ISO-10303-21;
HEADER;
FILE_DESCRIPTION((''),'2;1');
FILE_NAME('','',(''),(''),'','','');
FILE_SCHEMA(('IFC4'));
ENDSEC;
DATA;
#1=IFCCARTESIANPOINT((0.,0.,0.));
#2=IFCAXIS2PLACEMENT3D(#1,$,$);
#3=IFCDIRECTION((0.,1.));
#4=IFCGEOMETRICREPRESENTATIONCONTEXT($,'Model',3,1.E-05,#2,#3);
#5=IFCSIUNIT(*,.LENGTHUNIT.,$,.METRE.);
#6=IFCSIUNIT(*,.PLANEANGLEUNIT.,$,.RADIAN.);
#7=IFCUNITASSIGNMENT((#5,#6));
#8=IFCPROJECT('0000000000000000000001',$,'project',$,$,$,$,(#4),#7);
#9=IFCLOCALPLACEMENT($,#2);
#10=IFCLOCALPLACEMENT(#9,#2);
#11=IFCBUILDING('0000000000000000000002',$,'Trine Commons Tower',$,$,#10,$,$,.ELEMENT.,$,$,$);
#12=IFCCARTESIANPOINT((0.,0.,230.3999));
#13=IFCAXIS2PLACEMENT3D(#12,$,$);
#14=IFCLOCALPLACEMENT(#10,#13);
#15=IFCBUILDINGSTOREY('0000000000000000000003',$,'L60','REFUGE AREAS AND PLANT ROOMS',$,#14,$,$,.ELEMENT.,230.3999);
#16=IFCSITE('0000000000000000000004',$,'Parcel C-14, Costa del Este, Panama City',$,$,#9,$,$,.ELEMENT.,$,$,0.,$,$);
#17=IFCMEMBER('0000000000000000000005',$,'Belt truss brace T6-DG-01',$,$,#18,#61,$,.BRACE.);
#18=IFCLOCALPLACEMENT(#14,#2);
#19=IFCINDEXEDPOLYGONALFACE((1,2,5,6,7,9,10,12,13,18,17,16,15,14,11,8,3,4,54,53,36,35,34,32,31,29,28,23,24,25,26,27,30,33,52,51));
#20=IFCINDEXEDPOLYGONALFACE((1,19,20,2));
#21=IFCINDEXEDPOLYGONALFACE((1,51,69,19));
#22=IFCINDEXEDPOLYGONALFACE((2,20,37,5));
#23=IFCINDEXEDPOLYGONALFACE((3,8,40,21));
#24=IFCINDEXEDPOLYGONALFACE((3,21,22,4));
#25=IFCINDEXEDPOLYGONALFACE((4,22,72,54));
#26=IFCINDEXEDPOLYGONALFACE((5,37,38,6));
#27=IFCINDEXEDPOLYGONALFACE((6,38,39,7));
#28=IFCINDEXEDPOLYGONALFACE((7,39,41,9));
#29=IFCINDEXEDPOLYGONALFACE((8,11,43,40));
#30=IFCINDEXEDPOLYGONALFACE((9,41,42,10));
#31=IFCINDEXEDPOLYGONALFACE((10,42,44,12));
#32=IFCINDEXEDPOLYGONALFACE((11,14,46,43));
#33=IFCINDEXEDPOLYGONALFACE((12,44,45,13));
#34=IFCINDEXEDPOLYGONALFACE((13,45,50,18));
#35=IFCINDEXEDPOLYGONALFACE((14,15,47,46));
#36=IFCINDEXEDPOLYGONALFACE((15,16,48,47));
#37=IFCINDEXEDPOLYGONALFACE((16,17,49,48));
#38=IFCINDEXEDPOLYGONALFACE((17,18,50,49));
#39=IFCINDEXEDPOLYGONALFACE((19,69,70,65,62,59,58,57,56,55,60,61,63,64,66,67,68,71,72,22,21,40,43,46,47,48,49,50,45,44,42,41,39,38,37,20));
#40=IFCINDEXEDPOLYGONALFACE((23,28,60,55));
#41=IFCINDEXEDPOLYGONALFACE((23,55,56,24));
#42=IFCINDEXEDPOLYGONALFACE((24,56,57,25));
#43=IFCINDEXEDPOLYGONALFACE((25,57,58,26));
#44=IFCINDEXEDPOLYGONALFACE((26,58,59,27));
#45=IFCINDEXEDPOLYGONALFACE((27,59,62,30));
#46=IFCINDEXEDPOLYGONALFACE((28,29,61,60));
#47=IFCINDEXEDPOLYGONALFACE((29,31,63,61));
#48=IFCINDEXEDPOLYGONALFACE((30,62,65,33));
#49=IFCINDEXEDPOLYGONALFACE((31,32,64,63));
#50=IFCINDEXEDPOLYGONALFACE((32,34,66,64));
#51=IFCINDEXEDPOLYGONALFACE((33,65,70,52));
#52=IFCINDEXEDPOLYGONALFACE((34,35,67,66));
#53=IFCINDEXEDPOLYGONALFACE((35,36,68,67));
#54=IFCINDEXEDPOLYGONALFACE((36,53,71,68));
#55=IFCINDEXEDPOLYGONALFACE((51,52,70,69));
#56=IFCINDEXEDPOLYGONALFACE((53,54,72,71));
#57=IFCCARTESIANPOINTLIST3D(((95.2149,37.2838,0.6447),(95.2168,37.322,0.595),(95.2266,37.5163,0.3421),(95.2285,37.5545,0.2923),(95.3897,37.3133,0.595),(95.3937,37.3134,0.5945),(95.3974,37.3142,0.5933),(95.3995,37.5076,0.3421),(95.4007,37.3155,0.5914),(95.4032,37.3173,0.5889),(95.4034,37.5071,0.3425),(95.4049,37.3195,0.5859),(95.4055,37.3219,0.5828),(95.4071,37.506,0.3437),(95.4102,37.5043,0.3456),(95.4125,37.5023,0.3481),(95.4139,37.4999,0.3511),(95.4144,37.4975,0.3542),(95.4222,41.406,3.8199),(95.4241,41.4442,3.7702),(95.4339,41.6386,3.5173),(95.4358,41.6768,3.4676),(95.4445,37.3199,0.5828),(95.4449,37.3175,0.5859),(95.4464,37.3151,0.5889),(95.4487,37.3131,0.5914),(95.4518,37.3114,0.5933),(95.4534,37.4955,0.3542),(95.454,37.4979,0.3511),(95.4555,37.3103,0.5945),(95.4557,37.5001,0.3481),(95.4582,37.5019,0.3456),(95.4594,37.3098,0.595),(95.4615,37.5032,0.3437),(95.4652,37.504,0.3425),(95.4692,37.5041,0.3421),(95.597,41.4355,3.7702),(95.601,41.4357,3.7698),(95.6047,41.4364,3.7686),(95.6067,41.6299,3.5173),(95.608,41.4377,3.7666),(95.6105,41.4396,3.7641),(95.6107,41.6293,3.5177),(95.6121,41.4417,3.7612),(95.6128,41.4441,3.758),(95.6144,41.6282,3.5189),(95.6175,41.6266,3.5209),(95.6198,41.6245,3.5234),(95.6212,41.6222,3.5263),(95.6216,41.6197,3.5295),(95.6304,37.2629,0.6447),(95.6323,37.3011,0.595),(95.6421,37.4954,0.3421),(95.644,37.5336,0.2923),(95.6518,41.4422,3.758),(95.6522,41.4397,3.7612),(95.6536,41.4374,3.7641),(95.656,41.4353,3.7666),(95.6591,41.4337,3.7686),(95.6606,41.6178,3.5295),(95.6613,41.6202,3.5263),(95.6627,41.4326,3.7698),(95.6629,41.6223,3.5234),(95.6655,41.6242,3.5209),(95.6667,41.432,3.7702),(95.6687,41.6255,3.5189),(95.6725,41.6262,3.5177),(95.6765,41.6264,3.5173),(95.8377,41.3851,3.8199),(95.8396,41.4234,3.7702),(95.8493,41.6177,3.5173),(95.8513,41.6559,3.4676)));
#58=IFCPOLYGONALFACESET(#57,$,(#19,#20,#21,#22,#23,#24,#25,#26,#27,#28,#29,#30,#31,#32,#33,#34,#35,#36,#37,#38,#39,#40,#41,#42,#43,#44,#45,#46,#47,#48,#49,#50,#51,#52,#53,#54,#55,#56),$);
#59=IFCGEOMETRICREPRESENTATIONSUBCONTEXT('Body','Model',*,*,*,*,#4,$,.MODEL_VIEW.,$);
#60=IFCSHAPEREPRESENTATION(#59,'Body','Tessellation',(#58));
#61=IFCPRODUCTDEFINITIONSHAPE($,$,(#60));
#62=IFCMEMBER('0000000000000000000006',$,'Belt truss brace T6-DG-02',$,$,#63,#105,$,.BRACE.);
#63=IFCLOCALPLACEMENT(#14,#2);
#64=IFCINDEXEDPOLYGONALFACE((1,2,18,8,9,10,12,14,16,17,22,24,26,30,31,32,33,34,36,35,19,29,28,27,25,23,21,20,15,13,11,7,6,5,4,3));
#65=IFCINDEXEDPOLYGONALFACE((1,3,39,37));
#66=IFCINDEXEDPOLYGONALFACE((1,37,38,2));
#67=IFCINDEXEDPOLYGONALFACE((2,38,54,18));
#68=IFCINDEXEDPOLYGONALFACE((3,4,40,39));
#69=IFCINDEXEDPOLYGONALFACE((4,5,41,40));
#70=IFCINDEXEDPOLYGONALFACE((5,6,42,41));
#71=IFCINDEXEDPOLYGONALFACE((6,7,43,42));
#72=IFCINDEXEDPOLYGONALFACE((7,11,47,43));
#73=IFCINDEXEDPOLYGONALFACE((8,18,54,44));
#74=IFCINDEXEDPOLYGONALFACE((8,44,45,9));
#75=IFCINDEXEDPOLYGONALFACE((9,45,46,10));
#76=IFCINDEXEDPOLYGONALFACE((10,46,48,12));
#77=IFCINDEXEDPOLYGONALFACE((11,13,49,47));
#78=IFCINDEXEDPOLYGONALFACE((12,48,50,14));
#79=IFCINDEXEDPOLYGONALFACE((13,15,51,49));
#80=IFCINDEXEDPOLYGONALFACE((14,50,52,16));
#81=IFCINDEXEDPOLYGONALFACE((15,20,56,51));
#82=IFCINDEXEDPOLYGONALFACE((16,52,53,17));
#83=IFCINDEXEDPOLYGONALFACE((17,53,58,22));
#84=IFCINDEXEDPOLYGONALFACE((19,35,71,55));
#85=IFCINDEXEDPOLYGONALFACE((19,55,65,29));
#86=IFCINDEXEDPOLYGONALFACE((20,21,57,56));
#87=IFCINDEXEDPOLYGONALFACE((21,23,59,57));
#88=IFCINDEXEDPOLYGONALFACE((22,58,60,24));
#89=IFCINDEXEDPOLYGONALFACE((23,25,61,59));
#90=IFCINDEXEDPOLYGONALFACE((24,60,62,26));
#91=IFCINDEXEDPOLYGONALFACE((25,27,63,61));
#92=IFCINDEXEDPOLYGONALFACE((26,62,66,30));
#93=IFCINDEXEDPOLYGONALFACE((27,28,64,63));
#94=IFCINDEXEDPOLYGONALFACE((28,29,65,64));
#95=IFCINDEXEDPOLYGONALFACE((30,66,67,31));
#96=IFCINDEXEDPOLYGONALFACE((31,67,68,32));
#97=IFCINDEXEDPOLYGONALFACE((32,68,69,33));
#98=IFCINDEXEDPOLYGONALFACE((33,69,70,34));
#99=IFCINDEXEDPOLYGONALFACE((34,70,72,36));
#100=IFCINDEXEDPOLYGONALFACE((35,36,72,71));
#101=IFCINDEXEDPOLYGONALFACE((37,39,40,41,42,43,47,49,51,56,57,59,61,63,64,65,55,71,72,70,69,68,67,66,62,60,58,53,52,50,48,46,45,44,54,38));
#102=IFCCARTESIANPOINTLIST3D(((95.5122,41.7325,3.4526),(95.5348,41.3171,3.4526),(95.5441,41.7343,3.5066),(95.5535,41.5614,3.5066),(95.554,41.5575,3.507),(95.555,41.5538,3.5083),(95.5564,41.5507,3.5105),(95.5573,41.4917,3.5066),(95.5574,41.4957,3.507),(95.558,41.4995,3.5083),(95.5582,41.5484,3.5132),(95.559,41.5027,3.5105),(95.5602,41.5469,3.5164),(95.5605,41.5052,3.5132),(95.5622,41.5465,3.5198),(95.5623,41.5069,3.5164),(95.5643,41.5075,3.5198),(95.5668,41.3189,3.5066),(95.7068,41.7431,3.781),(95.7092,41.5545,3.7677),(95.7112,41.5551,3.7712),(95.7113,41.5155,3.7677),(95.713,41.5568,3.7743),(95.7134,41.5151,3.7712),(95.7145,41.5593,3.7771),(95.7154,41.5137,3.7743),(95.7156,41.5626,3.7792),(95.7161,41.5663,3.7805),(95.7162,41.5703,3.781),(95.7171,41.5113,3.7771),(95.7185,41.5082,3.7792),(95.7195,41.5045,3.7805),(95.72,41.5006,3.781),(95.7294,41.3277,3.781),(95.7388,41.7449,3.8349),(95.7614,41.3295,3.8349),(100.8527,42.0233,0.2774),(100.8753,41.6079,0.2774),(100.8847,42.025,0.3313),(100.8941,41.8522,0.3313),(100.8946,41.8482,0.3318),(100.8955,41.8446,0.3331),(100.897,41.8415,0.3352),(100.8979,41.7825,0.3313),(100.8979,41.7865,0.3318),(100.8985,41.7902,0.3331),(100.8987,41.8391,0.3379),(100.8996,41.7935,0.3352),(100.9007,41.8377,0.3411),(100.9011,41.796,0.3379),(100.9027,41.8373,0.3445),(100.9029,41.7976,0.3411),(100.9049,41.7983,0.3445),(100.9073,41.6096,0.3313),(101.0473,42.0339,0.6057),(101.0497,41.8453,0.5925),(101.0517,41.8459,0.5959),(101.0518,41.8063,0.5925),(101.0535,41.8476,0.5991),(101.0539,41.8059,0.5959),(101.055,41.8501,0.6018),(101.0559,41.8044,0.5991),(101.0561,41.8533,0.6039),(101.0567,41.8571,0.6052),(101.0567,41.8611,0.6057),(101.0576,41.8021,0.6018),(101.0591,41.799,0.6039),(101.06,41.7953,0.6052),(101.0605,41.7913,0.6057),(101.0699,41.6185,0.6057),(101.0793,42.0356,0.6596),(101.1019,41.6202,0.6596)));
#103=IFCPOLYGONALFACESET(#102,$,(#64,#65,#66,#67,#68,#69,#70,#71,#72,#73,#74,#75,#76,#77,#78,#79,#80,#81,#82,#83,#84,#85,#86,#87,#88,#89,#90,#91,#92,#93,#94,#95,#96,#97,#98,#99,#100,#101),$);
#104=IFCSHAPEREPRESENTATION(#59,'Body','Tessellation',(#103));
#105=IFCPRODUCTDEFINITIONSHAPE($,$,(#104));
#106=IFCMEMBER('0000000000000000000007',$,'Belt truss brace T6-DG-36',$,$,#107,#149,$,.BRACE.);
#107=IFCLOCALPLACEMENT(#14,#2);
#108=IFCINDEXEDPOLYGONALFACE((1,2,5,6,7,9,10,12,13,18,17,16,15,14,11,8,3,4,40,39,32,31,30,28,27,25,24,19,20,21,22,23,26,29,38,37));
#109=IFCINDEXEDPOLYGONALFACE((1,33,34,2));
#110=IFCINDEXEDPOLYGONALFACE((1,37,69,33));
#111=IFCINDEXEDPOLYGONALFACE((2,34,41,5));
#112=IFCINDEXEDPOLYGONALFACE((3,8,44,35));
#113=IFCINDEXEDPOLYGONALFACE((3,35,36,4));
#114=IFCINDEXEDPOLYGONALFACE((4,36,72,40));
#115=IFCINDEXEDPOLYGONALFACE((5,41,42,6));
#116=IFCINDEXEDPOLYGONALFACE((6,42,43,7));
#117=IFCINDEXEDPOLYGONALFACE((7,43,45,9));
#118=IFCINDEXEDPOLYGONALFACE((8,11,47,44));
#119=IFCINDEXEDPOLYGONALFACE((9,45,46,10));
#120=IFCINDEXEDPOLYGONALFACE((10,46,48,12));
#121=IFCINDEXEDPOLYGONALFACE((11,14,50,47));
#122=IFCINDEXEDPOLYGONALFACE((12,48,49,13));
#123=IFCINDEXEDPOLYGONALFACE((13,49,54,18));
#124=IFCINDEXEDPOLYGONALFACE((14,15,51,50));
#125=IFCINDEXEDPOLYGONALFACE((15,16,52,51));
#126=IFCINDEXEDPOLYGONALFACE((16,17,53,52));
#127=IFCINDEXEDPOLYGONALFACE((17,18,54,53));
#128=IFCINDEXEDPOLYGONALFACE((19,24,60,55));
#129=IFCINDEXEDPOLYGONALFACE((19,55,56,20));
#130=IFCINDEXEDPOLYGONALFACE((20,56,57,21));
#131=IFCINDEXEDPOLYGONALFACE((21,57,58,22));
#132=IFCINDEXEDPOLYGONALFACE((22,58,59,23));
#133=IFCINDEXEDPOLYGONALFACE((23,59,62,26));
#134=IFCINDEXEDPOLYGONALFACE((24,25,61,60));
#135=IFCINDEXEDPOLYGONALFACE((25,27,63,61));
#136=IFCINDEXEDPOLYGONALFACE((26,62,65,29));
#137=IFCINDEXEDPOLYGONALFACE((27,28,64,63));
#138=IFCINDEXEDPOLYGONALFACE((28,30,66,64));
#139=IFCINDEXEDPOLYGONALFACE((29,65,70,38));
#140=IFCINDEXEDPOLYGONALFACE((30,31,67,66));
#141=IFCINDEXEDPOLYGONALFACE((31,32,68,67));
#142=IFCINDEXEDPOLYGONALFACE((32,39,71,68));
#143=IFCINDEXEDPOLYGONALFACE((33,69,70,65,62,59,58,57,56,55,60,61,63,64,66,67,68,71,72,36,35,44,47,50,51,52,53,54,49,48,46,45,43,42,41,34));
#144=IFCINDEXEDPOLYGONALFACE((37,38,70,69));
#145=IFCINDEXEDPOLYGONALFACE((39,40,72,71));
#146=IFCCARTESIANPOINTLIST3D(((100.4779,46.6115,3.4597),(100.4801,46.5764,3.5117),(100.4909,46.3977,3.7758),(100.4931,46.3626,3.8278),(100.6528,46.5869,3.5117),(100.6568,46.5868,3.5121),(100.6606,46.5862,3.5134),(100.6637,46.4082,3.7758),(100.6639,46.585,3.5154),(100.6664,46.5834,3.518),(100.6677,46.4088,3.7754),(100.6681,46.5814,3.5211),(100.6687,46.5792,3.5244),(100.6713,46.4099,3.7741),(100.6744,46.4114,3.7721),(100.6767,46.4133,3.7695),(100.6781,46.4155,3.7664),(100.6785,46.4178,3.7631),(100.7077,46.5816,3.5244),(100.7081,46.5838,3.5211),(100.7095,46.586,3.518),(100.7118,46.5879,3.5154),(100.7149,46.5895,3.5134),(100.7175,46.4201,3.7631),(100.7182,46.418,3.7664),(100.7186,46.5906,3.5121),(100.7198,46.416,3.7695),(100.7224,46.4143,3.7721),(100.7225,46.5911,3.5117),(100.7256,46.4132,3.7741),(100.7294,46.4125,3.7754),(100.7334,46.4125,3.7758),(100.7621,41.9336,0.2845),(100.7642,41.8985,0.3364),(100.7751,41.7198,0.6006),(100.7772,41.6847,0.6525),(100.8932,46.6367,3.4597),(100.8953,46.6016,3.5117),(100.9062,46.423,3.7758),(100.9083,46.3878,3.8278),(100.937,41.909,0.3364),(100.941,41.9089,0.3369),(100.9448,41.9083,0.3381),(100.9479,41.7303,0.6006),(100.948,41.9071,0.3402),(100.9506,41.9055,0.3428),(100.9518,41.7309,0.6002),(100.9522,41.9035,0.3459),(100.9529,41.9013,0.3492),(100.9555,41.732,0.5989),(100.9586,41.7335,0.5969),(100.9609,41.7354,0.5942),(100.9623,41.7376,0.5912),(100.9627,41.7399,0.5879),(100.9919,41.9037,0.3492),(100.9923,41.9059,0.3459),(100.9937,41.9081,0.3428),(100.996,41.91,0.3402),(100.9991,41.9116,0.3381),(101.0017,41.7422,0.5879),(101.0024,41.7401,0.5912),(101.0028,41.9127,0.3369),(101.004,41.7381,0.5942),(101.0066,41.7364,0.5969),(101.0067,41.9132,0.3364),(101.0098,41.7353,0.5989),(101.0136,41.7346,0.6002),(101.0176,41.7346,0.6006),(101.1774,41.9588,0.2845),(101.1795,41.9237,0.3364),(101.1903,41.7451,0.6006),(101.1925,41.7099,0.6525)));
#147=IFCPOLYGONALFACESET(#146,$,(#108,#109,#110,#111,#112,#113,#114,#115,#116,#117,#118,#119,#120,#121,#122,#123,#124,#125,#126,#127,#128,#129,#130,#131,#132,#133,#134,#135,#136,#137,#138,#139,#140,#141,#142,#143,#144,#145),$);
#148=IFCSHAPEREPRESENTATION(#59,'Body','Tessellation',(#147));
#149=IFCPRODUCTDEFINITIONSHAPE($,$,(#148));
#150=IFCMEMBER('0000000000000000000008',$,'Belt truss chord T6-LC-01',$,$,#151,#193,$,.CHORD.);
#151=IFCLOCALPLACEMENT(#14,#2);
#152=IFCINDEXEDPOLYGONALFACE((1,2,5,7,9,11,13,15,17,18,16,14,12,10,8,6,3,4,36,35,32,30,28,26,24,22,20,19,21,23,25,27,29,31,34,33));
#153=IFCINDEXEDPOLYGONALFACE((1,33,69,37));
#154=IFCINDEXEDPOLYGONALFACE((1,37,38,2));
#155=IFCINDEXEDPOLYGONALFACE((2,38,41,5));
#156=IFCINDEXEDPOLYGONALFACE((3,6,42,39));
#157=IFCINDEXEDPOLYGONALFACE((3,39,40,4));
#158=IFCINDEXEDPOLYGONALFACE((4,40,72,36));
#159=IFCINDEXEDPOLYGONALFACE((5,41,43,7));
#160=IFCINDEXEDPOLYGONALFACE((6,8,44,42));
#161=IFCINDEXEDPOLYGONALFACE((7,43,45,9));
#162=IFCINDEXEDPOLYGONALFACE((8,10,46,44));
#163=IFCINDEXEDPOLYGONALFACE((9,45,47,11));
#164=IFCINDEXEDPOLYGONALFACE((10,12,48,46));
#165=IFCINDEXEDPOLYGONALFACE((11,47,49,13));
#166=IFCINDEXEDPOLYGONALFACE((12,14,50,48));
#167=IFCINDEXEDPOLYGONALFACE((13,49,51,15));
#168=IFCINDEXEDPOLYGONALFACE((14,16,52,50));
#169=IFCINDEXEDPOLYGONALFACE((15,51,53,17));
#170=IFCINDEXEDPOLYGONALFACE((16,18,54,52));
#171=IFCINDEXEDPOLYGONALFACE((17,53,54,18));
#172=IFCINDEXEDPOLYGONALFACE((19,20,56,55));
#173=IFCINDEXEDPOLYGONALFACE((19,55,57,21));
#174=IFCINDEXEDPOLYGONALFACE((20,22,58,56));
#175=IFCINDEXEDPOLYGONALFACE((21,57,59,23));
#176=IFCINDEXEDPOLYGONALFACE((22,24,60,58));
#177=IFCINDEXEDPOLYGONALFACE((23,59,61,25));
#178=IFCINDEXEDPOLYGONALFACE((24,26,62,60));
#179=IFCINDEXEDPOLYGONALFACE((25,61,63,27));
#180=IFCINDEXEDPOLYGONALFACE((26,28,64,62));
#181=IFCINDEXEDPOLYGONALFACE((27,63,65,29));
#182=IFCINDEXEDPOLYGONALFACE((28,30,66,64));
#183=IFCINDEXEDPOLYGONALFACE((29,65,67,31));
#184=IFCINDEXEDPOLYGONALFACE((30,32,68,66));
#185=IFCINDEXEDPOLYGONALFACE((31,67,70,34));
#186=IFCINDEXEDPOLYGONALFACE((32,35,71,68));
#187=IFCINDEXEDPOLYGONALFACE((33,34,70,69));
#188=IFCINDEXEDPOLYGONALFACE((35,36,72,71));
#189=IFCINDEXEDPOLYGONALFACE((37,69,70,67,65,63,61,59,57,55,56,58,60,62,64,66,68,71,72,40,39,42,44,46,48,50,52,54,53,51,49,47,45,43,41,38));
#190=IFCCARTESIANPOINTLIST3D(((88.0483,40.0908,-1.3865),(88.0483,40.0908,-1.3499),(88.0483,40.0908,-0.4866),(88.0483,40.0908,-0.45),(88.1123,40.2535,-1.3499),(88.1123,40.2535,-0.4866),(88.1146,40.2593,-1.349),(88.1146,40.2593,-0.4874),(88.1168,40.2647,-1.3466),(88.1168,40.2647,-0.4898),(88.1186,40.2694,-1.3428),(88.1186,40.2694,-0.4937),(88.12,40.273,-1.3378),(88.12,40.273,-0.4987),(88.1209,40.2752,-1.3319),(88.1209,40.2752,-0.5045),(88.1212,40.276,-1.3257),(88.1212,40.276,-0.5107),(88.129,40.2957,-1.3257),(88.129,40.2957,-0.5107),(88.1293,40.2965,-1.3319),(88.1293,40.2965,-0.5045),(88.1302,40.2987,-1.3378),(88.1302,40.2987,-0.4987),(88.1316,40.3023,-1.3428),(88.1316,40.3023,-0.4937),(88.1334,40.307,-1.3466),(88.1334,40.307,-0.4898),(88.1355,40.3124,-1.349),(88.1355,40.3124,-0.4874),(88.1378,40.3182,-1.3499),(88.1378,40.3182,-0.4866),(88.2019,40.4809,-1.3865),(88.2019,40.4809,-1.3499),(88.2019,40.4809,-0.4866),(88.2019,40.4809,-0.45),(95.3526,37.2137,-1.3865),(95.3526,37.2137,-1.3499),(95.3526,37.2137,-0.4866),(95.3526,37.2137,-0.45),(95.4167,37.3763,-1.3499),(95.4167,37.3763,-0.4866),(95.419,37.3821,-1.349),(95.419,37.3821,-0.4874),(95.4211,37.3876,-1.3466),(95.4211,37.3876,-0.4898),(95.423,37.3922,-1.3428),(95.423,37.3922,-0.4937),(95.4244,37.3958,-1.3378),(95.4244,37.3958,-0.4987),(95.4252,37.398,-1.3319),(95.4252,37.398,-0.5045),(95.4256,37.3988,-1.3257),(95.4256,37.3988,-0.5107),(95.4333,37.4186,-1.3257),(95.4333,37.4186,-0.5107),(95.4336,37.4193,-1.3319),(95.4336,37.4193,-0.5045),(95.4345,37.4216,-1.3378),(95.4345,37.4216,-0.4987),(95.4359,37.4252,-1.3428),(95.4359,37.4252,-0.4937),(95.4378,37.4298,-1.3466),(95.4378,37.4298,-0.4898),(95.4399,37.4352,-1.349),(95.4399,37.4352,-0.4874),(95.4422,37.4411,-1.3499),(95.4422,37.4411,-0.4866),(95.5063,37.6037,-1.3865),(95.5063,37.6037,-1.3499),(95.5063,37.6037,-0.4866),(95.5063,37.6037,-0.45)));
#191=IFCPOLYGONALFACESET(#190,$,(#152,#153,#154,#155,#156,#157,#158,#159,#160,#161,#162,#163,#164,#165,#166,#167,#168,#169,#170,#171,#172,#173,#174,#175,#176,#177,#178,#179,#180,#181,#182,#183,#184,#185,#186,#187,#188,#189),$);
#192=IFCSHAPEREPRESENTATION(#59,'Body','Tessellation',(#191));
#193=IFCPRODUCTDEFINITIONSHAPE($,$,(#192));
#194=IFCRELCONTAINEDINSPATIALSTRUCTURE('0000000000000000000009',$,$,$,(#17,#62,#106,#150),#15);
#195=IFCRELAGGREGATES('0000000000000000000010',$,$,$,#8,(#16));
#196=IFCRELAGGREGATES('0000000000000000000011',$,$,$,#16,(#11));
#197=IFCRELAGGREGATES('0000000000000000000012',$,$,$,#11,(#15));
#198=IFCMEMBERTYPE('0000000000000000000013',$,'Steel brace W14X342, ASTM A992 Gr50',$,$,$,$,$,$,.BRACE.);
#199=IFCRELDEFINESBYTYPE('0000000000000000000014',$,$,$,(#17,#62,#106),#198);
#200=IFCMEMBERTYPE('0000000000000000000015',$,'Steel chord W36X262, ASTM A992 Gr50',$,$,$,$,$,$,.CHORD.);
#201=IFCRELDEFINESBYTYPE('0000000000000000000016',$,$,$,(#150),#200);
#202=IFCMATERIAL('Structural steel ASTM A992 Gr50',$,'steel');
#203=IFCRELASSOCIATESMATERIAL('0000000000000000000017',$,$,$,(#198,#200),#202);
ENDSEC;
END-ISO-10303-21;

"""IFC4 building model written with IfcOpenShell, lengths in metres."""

from ifc_helpers import new_model, si_unit, direction, frame, origin, origin_2d, place, context, subcontext, project, spatial, i_section, extrude, material, material_profile, profile_set, type_object, element, save


model = new_model("IFC4")

# Units and contexts
model_context = context("Model", 3, precision=1e-05, world=origin(), true_north=direction((0.0, 1.0)))
body_context = subcontext(model_context, "Body", "Model", "MODEL_VIEW")
ifc_project = project(units=[si_unit("LENGTHUNIT", "METRE"), si_unit("PLANEANGLEUNIT", "RADIAN")], contexts=[model_context])

# Site, building, storey
site_placement = place(None, origin())
site = spatial("IfcSite", under=ifc_project, at=site_placement, Name="Parcel C-14, Costa del Este, Panama City", CompositionType="ELEMENT", RefElevation=0.0)
building_placement = place(site_placement, origin())
building = spatial("IfcBuilding", under=site, at=building_placement, Name="Trine Commons Tower", CompositionType="ELEMENT")
storey_placement = place(building_placement, frame((0.0, 0.0, 230.3999)))
storey = spatial("IfcBuildingStorey", under=building, at=storey_placement, Name="L60", Description="REFUGE AREAS AND PLANT ROOMS", CompositionType="ELEMENT", Elevation=230.3999)

# Shared definitions
ifc_material_1 = material(Name="Structural steel ASTM A992 Gr50", Category="steel")

# Members
ifc_material_profile_1 = material_profile(ifc_material_1, i_section(OverallWidth=0.416, OverallDepth=0.4446, WebThickness=0.0391, FlangeThickness=0.0627, FilletRadius=0.0154, at=origin_2d()), Name="W14X342")
ifc_profile_set_1 = profile_set([ifc_material_profile_1], Name="Structural steel ASTM A992 Gr50")
member_type_1 = type_object("IfcMemberType", Name="Steel brace W14X342, ASTM A992 Gr50", PredefinedType="BRACE", material=ifc_profile_set_1)
member_1_placement = place(storey_placement, frame((95.4294, 37.4087, 0.4685), z_axis=(0.039803, 0.791598, 0.609744), x_axis=(-0.998738, 0.050218, 0.0)))
element("IfcMember", 1, at=member_1_placement, inside=storey, type_object=member_type_1, Name="Belt truss brace T6-DG-01", PredefinedType="BRACE", context=body_context, shape_type="SweptSolid", body=[
    extrude(i_section(OverallWidth=0.416, OverallDepth=0.4446, WebThickness=0.0391, FlangeThickness=0.0627, FilletRadius=0.0154, at=origin_2d()), origin(), (0.0, 0.0, 1.0), 5.2075),
])
member_2_placement = place(storey_placement, frame((100.9773, 41.8218, 0.4685), z_axis=(-0.858609, -0.046748, 0.510495), x_axis=(0.054365, -0.998521, 0.0)))
element("IfcMember", 2, at=member_2_placement, inside=storey, type_object=member_type_1, Name="Belt truss brace T6-DG-02", PredefinedType="BRACE", context=body_context, shape_type="SweptSolid", body=[
    extrude(i_section(OverallWidth=0.416, OverallDepth=0.4446, WebThickness=0.0391, FlangeThickness=0.0627, FilletRadius=0.0154, at=origin_2d()), origin(), (0.0, 0.0, 1.0), 6.22),
])
member_3_placement = place(storey_placement, frame((100.9773, 41.8218, 0.4685), z_axis=(-0.0502, 0.826354, 0.560908), x_axis=(-0.99816, -0.060637, 0.0)))
element("IfcMember", 3, at=member_3_placement, inside=storey, type_object=member_type_1, Name="Belt truss brace T6-DG-36", PredefinedType="BRACE", context=body_context, shape_type="SweptSolid", body=[
    extrude(i_section(OverallWidth=0.416, OverallDepth=0.4446, WebThickness=0.0391, FlangeThickness=0.0627, FilletRadius=0.0154, at=origin_2d()), origin(), (0.0, 0.0, 1.0), 5.6609),
])
ifc_material_profile_2 = material_profile(ifc_material_1, i_section(OverallWidth=0.4192, OverallDepth=0.9365, WebThickness=0.0212, FlangeThickness=0.0366, FilletRadius=0.0242, at=origin_2d()), Name="W36X262")
ifc_profile_set_2 = profile_set([ifc_material_profile_2], Name="Structural steel ASTM A992 Gr50")
member_type_2 = type_object("IfcMemberType", Name="Steel chord W36X262, ASTM A992 Gr50", PredefinedType="CHORD", material=ifc_profile_set_2)
member_4_placement = place(storey_placement, frame((95.4294, 37.4087, -0.9182), z_axis=(-0.930422, 0.36649, 0.0), x_axis=(-0.36649, -0.930422, 0.0)))
element("IfcMember", 4, at=member_4_placement, inside=storey, type_object=member_type_2, Name="Belt truss chord T6-LC-01", PredefinedType="CHORD", context=body_context, shape_type="SweptSolid", body=[
    extrude(i_section(OverallWidth=0.4192, OverallDepth=0.9365, WebThickness=0.0212, FlangeThickness=0.0366, FilletRadius=0.0242, at=origin_2d()), origin(), (0.0, 0.0, 1.0), 7.8506),
])

save(model, "model.ifc")
